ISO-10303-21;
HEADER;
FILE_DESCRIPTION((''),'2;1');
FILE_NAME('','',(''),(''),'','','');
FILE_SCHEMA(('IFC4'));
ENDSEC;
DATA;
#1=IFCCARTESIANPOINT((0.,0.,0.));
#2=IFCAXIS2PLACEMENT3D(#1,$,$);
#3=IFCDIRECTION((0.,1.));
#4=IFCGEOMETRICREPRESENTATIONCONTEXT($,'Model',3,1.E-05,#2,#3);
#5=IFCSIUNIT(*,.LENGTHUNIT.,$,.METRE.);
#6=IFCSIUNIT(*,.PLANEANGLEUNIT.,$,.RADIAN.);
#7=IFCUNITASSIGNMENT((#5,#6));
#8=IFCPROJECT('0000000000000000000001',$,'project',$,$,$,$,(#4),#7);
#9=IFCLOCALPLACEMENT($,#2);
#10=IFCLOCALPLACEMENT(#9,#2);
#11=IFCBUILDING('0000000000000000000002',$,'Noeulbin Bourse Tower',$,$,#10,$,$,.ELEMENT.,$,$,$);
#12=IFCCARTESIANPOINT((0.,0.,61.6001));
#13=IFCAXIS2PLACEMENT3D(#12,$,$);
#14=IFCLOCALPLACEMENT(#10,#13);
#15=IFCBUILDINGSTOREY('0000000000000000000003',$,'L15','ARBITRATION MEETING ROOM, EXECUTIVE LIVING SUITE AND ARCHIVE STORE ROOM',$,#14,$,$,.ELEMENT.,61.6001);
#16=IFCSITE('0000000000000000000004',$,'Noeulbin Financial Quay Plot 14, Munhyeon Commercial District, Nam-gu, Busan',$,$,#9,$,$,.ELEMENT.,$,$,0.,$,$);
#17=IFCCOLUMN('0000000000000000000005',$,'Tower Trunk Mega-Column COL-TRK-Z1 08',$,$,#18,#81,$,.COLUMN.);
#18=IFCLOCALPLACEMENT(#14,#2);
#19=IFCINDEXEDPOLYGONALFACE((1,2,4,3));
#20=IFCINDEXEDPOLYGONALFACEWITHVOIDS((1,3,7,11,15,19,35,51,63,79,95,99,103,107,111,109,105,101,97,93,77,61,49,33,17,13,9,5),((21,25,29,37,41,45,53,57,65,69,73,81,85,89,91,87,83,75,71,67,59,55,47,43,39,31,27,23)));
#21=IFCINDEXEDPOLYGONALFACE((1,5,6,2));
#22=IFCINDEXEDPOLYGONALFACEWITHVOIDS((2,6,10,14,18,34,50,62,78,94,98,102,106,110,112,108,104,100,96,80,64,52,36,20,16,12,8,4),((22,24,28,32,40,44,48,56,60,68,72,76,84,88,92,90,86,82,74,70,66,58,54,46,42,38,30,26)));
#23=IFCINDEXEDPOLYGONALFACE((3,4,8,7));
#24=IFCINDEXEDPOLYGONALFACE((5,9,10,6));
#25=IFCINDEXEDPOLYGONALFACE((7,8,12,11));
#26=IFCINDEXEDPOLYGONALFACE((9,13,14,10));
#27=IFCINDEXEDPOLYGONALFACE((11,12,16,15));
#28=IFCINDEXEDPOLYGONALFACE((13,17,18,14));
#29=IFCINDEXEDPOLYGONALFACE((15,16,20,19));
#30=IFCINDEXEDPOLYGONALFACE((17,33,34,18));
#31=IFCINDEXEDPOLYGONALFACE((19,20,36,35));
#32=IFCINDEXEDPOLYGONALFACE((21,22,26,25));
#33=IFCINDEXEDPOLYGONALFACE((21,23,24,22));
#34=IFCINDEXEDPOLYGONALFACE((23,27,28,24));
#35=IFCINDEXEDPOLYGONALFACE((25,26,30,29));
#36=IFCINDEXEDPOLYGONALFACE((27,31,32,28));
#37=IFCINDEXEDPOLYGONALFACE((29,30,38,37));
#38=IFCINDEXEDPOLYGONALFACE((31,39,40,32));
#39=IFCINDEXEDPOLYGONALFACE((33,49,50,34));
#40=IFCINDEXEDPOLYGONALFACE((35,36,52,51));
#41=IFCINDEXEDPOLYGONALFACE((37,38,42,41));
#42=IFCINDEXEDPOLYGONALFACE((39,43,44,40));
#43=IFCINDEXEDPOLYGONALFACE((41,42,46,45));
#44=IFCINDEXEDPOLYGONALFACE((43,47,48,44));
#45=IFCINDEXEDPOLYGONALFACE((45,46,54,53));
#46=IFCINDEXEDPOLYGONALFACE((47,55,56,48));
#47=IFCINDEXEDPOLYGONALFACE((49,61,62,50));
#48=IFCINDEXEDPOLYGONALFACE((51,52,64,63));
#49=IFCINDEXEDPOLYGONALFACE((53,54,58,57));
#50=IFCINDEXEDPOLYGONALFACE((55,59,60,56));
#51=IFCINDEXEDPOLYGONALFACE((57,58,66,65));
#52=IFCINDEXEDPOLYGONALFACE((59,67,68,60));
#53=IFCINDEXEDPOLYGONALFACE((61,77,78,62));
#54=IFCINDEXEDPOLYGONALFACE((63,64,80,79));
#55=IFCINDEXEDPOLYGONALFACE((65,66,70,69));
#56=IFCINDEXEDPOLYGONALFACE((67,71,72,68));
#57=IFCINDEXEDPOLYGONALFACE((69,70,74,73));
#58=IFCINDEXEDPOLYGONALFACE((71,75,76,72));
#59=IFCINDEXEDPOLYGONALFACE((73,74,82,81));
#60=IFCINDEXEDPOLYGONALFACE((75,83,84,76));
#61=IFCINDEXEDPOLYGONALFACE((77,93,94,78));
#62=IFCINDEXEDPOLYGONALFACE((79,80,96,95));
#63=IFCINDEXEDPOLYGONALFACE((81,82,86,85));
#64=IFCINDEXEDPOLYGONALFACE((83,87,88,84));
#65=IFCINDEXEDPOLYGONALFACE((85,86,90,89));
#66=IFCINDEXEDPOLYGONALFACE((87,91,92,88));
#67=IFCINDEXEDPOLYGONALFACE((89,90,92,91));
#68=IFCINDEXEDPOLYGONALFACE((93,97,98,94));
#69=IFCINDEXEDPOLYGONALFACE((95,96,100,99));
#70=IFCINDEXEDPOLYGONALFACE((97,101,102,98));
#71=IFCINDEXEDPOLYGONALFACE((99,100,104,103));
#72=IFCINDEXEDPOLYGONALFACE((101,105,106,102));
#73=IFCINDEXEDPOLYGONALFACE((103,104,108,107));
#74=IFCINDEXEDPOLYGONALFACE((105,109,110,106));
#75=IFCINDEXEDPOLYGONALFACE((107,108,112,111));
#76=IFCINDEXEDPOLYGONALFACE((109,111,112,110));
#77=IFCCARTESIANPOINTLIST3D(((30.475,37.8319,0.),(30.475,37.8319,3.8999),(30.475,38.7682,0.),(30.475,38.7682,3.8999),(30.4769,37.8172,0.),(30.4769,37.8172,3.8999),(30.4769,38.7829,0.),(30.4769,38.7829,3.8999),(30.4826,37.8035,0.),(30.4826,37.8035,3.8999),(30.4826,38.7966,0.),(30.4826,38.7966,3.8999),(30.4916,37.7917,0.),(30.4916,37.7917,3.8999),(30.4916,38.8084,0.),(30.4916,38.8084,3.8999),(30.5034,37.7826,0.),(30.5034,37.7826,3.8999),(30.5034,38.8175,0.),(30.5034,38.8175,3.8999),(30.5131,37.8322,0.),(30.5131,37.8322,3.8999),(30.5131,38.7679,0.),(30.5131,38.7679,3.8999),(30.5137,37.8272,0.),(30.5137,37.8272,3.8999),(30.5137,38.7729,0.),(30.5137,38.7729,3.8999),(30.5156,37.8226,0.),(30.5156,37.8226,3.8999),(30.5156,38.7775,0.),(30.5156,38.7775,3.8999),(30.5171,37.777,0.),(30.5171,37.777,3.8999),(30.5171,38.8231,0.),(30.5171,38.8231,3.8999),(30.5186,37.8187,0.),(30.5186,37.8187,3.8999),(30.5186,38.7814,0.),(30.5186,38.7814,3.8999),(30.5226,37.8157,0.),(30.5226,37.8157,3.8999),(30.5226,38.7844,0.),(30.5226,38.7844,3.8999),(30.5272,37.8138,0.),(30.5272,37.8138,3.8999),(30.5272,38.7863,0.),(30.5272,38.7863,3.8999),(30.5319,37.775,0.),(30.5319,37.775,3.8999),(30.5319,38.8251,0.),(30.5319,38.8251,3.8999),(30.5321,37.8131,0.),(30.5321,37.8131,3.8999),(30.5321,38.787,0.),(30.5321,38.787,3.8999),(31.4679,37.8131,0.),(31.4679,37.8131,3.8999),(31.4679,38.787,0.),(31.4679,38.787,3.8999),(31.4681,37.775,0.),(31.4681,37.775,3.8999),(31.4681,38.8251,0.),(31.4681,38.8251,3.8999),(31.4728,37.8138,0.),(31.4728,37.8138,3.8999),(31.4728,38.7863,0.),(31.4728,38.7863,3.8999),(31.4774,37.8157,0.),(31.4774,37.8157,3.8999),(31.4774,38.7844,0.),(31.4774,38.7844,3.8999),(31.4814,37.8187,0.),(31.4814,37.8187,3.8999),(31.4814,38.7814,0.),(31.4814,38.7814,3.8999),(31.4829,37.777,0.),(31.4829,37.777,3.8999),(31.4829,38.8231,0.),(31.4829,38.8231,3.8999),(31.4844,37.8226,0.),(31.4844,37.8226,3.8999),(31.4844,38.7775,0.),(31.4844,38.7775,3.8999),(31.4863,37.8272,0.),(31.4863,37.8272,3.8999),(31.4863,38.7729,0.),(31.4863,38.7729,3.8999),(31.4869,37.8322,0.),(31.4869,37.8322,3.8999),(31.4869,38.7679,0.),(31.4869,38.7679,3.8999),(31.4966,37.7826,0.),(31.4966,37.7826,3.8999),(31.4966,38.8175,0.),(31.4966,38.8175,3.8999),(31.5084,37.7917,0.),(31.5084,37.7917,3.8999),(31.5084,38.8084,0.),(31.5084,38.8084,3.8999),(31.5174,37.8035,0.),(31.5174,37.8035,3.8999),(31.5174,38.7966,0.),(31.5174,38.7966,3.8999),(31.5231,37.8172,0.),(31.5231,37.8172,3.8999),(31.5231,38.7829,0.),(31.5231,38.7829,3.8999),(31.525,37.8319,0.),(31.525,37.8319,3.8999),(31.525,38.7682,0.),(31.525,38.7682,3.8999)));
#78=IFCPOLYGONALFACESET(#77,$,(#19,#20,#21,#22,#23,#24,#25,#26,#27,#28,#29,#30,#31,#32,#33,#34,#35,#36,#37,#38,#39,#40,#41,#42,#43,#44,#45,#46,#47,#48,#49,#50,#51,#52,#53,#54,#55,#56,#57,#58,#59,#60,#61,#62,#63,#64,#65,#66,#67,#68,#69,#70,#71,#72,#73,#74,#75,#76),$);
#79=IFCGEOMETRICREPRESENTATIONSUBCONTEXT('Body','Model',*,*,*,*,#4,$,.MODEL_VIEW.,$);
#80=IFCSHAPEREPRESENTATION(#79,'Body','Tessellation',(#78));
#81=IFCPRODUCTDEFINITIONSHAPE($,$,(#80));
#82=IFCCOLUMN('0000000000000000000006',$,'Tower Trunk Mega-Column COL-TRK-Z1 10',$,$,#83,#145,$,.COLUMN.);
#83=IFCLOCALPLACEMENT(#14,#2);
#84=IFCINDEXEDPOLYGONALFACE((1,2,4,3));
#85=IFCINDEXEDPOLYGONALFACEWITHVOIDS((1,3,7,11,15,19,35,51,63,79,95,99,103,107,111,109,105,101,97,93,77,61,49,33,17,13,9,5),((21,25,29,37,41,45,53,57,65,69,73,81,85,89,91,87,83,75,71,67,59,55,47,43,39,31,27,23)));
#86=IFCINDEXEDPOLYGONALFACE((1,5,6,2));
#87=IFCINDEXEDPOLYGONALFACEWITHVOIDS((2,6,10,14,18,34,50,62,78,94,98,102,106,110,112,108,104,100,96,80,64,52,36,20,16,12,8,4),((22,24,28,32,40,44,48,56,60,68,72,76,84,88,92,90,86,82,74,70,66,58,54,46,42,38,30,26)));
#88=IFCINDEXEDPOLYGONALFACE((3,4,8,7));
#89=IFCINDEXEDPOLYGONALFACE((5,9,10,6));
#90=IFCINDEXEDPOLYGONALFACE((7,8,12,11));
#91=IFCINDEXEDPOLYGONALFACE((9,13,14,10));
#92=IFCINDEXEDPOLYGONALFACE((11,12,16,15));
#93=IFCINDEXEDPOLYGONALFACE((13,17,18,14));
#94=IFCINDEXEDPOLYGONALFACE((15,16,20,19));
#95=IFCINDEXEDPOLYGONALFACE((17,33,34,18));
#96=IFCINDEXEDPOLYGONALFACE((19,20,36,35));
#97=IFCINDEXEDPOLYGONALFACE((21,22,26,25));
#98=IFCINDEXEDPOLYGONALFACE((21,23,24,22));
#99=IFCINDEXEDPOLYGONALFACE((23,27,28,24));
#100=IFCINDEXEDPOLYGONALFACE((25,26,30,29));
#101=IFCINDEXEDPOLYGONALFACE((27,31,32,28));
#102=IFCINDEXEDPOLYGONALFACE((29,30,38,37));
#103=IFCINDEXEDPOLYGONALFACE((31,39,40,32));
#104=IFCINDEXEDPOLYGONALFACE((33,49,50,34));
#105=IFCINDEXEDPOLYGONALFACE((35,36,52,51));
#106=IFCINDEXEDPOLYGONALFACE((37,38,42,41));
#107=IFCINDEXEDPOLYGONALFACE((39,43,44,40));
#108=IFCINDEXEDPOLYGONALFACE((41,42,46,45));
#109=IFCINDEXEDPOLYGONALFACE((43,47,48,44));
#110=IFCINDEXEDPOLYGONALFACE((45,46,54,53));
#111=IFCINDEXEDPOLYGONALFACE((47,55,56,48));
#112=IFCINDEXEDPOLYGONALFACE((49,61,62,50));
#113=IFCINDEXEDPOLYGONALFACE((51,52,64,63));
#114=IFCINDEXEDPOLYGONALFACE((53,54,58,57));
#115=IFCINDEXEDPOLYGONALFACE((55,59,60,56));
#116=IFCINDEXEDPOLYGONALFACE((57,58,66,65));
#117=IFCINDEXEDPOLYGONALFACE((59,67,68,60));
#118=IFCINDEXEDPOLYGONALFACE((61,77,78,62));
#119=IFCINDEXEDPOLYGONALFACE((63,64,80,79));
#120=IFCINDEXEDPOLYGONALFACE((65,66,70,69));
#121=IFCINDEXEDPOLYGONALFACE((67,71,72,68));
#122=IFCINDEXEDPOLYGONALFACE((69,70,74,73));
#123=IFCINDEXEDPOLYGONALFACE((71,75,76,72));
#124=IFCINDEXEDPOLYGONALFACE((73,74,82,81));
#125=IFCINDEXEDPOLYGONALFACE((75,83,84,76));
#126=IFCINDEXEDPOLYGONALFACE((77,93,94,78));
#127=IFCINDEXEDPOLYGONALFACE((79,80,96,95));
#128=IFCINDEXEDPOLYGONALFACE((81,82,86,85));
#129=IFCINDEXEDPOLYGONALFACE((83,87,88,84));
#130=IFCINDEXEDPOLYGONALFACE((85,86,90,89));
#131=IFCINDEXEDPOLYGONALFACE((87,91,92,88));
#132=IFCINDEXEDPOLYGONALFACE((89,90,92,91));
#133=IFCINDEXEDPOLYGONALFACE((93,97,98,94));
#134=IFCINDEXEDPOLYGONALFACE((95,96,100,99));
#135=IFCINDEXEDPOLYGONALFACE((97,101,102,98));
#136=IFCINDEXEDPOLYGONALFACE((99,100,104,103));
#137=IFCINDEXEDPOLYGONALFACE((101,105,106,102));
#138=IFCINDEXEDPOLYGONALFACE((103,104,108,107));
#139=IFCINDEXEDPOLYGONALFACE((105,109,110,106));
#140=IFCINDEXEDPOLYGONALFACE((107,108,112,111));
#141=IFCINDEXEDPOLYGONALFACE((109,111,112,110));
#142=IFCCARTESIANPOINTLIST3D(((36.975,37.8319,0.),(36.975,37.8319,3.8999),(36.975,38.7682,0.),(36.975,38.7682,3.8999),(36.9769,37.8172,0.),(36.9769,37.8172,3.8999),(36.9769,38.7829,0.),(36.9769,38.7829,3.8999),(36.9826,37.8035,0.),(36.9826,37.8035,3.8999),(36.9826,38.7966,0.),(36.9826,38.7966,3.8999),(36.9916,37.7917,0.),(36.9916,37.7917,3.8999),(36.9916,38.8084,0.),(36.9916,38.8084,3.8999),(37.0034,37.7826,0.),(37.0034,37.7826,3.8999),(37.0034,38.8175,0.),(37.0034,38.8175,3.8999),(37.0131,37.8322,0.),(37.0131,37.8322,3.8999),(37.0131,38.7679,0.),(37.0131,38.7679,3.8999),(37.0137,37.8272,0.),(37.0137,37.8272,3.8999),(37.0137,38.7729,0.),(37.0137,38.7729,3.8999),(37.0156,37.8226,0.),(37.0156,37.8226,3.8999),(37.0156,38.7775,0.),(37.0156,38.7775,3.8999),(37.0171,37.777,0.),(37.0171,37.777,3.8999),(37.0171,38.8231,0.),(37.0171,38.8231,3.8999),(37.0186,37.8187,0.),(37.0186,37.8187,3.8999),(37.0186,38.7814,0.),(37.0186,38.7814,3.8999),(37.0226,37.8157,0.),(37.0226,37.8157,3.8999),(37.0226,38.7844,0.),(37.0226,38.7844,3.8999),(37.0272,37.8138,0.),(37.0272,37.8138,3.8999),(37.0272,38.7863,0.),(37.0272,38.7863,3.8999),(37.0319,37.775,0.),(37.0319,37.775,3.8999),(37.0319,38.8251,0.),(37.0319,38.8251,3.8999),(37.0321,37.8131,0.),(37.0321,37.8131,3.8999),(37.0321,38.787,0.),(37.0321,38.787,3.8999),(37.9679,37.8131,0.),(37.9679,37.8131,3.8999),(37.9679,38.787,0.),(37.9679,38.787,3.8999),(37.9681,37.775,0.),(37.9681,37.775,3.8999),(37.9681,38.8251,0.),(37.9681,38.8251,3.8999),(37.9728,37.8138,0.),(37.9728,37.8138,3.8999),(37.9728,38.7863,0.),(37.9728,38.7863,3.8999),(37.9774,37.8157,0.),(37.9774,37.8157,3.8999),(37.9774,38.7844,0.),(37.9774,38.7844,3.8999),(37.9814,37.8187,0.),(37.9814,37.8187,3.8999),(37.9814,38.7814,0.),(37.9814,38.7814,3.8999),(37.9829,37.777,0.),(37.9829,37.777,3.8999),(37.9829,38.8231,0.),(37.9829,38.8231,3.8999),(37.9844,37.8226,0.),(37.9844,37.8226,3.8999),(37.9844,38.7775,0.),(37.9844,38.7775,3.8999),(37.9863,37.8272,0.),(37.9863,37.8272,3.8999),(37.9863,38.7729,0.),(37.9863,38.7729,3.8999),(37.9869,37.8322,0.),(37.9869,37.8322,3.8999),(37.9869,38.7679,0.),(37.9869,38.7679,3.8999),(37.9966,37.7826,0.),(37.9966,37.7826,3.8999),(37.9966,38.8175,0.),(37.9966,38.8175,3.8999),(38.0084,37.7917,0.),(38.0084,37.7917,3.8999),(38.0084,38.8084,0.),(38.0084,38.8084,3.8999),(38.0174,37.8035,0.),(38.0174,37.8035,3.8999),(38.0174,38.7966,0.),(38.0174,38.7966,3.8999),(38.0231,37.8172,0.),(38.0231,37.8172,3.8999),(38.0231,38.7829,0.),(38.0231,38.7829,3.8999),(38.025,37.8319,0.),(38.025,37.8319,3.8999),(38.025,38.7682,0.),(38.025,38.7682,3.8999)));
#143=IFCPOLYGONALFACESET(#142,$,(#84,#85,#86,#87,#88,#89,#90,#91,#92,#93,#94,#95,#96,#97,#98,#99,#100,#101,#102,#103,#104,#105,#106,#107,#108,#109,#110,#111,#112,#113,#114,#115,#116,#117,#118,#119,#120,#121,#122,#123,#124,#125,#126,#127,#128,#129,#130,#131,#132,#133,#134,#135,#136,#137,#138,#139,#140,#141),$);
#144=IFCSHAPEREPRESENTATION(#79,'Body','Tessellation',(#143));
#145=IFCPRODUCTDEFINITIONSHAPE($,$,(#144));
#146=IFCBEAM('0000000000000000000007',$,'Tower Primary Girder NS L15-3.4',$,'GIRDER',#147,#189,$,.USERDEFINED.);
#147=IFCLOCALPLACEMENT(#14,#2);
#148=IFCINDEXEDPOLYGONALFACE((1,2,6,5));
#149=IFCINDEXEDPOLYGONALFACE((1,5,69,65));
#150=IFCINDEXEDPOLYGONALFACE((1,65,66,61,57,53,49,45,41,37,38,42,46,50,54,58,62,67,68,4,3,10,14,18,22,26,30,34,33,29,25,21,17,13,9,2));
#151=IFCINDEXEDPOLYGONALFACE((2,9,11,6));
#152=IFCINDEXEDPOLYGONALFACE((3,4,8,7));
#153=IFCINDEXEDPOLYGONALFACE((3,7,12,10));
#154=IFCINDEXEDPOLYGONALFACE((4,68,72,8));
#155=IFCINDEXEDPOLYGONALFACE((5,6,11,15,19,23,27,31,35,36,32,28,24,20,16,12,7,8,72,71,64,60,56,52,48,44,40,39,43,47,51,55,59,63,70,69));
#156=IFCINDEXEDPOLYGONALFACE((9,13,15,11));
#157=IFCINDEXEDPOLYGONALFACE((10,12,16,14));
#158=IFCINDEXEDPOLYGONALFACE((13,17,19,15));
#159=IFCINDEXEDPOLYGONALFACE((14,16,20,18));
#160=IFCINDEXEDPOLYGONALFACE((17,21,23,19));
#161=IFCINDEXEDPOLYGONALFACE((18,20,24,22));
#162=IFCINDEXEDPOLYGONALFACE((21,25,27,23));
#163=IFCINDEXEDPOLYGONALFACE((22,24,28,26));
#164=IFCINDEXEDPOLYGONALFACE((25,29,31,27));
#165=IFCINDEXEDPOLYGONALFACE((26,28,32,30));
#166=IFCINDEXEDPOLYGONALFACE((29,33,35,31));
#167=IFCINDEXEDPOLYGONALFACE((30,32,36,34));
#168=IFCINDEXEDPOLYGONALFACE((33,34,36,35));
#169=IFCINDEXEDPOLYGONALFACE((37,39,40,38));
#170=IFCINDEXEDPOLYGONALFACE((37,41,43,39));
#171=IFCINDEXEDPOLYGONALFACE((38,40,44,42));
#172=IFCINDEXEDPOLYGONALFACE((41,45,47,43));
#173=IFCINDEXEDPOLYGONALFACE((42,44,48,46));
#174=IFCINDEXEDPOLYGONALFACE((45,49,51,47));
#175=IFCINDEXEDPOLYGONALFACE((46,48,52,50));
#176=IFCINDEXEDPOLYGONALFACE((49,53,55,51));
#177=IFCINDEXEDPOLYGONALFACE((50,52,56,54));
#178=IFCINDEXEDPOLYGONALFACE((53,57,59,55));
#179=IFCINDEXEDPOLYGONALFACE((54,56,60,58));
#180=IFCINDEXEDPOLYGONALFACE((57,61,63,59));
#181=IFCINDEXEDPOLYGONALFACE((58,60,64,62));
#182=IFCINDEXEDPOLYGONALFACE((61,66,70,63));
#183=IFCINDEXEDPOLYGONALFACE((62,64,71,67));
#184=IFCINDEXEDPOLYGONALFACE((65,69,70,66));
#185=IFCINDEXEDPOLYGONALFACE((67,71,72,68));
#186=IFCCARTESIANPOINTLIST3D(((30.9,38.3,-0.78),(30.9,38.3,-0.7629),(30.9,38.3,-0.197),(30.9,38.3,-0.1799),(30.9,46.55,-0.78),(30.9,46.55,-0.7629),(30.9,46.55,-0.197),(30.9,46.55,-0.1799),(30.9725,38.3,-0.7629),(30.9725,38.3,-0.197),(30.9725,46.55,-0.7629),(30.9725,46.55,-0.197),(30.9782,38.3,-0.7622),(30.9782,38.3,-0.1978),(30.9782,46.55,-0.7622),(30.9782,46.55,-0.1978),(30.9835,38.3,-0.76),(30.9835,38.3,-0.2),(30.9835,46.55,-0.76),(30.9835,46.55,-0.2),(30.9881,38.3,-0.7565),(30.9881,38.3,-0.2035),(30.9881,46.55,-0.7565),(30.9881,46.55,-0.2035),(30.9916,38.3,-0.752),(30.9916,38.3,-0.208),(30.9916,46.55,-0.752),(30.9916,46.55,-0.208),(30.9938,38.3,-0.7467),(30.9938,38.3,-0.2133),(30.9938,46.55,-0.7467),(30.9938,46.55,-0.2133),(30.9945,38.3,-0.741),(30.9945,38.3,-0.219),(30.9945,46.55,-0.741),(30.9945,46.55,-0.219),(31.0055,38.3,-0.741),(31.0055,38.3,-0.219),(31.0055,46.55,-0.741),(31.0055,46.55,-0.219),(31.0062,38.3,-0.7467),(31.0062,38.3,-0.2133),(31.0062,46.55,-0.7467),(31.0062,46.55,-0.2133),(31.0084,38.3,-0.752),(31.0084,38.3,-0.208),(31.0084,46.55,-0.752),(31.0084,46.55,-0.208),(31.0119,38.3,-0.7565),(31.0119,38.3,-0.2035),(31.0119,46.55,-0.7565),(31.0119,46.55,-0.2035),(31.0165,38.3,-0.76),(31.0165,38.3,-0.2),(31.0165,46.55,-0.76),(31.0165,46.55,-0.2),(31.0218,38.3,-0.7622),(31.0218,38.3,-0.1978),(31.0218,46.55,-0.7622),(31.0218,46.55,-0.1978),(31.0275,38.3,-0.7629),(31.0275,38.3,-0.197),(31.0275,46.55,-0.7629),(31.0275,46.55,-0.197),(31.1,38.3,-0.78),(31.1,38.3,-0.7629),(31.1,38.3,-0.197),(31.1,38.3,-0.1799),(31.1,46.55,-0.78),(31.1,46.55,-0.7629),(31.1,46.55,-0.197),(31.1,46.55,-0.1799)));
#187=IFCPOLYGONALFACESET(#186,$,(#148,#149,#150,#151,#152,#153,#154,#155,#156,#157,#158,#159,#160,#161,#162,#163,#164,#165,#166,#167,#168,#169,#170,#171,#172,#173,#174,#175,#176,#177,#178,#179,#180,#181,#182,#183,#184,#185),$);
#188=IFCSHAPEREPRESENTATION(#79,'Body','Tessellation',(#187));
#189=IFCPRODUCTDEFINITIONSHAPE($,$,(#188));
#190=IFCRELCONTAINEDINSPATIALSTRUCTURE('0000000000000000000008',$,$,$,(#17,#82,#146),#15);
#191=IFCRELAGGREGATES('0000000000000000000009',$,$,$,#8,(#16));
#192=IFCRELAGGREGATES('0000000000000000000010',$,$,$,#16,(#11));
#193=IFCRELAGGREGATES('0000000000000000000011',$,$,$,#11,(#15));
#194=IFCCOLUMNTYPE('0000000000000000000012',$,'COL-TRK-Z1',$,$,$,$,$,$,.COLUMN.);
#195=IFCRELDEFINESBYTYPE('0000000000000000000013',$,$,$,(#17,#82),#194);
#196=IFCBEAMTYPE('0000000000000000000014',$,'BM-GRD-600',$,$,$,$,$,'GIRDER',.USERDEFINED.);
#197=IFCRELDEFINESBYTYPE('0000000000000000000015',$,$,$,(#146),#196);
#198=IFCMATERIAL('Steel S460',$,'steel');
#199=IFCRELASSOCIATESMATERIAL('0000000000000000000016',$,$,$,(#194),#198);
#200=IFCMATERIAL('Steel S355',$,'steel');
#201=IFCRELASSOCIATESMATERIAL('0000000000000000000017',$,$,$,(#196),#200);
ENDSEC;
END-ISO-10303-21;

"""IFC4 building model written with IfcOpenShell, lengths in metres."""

from ifc_helpers import new_model, si_unit, direction, frame, origin, origin_2d, place, context, subcontext, project, spatial, hollow_rectangle, i_section, extrude, material, material_profile, profile_set, type_object, element, save


model = new_model("IFC4")

# Units and contexts
model_context = context("Model", 3, precision=1e-05, world=origin(), true_north=direction((0.0, 1.0)))
body_context = subcontext(model_context, "Body", "Model", "MODEL_VIEW")
ifc_project = project(units=[si_unit("LENGTHUNIT", "METRE"), si_unit("PLANEANGLEUNIT", "RADIAN")], contexts=[model_context])

# Site, building, storey
site_placement = place(None, origin())
site = spatial("IfcSite", under=ifc_project, at=site_placement, Name="Noeulbin Financial Quay Plot 14, Munhyeon Commercial District, Nam-gu, Busan", CompositionType="ELEMENT", RefElevation=0.0)
building_placement = place(site_placement, origin())
building = spatial("IfcBuilding", under=site, at=building_placement, Name="Noeulbin Bourse Tower", CompositionType="ELEMENT")
storey_placement = place(building_placement, frame((0.0, 0.0, 61.6001)))
storey = spatial("IfcBuildingStorey", under=building, at=storey_placement, Name="L15", Description="ARBITRATION MEETING ROOM, EXECUTIVE LIVING SUITE AND ARCHIVE STORE ROOM", CompositionType="ELEMENT", Elevation=61.6001)

# Columns
ifc_material_1 = material(Name="Steel S460", Category="steel")
ifc_material_profile_1 = material_profile(ifc_material_1, hollow_rectangle(XDim=1.05, YDim=1.05, WallThickness=0.0381, InnerFilletRadius=0.019, OuterFilletRadius=0.0569, at=origin_2d()), Name="BOX-1050x1050x38", Category="LoadBearing")
ifc_profile_set_1 = profile_set([ifc_material_profile_1], Name="Steel S460")
column_type = type_object("IfcColumnType", Name="COL-TRK-Z1", PredefinedType="COLUMN", material=ifc_profile_set_1)
for number, where, z_axis, x_axis, name in (
    (1, (31.0, 38.3, 0.0), (0.0, 0.0, 1.0), (1.0, 0.0, 0.0), "Tower Trunk Mega-Column COL-TRK-Z1 08"),
    (2, (37.5, 38.3, 0.0), (0.0, 0.0, 1.0), (1.0, 0.0, 0.0), "Tower Trunk Mega-Column COL-TRK-Z1 10"),
):
    element("IfcColumn", number, at=place(storey_placement, frame(where, z_axis=z_axis, x_axis=x_axis)), inside=storey, type_object=column_type, Name=name, PredefinedType="COLUMN", context=body_context, shape_type="SweptSolid", body=[
        extrude(hollow_rectangle(XDim=1.05, YDim=1.05, WallThickness=0.0381, InnerFilletRadius=0.019, OuterFilletRadius=0.0569, at=origin_2d()), origin(), (0.0, 0.0, 1.0), 3.8999),
    ])

# Beam
ifc_material_2 = material(Name="Steel S355", Category="steel")
ifc_material_profile_2 = material_profile(ifc_material_2, i_section(OverallWidth=0.2, OverallDepth=0.6001, WebThickness=0.011, FlangeThickness=0.0171, FilletRadius=0.022, at=origin_2d()), Name="H-600x200x11x17", Category="LoadBearing")
ifc_profile_set_2 = profile_set([ifc_material_profile_2], Name="Steel S355")
beam_type_1 = type_object("IfcBeamType", Name="BM-GRD-600", ElementType="GIRDER", PredefinedType="USERDEFINED", material=ifc_profile_set_2)
for number, where, z_axis, x_axis, name in (
    (3, (31.0, 38.3, -0.48), (0.0, 1.0, 0.0), (-1.0, 0.0, 0.0), "Tower Primary Girder NS L15-3.4"),
):
    element("IfcBeam", number, at=place(storey_placement, frame(where, z_axis=z_axis, x_axis=x_axis)), inside=storey, type_object=beam_type_1, Name=name, ObjectType="GIRDER", PredefinedType="USERDEFINED", context=body_context, shape_type="SweptSolid", body=[
        extrude(i_section(OverallWidth=0.2, OverallDepth=0.6001, WebThickness=0.011, FlangeThickness=0.0171, FilletRadius=0.022, at=origin_2d()), origin(), (0.0, 0.0, 1.0), 8.25),
    ])

save(model, "model.ifc")
